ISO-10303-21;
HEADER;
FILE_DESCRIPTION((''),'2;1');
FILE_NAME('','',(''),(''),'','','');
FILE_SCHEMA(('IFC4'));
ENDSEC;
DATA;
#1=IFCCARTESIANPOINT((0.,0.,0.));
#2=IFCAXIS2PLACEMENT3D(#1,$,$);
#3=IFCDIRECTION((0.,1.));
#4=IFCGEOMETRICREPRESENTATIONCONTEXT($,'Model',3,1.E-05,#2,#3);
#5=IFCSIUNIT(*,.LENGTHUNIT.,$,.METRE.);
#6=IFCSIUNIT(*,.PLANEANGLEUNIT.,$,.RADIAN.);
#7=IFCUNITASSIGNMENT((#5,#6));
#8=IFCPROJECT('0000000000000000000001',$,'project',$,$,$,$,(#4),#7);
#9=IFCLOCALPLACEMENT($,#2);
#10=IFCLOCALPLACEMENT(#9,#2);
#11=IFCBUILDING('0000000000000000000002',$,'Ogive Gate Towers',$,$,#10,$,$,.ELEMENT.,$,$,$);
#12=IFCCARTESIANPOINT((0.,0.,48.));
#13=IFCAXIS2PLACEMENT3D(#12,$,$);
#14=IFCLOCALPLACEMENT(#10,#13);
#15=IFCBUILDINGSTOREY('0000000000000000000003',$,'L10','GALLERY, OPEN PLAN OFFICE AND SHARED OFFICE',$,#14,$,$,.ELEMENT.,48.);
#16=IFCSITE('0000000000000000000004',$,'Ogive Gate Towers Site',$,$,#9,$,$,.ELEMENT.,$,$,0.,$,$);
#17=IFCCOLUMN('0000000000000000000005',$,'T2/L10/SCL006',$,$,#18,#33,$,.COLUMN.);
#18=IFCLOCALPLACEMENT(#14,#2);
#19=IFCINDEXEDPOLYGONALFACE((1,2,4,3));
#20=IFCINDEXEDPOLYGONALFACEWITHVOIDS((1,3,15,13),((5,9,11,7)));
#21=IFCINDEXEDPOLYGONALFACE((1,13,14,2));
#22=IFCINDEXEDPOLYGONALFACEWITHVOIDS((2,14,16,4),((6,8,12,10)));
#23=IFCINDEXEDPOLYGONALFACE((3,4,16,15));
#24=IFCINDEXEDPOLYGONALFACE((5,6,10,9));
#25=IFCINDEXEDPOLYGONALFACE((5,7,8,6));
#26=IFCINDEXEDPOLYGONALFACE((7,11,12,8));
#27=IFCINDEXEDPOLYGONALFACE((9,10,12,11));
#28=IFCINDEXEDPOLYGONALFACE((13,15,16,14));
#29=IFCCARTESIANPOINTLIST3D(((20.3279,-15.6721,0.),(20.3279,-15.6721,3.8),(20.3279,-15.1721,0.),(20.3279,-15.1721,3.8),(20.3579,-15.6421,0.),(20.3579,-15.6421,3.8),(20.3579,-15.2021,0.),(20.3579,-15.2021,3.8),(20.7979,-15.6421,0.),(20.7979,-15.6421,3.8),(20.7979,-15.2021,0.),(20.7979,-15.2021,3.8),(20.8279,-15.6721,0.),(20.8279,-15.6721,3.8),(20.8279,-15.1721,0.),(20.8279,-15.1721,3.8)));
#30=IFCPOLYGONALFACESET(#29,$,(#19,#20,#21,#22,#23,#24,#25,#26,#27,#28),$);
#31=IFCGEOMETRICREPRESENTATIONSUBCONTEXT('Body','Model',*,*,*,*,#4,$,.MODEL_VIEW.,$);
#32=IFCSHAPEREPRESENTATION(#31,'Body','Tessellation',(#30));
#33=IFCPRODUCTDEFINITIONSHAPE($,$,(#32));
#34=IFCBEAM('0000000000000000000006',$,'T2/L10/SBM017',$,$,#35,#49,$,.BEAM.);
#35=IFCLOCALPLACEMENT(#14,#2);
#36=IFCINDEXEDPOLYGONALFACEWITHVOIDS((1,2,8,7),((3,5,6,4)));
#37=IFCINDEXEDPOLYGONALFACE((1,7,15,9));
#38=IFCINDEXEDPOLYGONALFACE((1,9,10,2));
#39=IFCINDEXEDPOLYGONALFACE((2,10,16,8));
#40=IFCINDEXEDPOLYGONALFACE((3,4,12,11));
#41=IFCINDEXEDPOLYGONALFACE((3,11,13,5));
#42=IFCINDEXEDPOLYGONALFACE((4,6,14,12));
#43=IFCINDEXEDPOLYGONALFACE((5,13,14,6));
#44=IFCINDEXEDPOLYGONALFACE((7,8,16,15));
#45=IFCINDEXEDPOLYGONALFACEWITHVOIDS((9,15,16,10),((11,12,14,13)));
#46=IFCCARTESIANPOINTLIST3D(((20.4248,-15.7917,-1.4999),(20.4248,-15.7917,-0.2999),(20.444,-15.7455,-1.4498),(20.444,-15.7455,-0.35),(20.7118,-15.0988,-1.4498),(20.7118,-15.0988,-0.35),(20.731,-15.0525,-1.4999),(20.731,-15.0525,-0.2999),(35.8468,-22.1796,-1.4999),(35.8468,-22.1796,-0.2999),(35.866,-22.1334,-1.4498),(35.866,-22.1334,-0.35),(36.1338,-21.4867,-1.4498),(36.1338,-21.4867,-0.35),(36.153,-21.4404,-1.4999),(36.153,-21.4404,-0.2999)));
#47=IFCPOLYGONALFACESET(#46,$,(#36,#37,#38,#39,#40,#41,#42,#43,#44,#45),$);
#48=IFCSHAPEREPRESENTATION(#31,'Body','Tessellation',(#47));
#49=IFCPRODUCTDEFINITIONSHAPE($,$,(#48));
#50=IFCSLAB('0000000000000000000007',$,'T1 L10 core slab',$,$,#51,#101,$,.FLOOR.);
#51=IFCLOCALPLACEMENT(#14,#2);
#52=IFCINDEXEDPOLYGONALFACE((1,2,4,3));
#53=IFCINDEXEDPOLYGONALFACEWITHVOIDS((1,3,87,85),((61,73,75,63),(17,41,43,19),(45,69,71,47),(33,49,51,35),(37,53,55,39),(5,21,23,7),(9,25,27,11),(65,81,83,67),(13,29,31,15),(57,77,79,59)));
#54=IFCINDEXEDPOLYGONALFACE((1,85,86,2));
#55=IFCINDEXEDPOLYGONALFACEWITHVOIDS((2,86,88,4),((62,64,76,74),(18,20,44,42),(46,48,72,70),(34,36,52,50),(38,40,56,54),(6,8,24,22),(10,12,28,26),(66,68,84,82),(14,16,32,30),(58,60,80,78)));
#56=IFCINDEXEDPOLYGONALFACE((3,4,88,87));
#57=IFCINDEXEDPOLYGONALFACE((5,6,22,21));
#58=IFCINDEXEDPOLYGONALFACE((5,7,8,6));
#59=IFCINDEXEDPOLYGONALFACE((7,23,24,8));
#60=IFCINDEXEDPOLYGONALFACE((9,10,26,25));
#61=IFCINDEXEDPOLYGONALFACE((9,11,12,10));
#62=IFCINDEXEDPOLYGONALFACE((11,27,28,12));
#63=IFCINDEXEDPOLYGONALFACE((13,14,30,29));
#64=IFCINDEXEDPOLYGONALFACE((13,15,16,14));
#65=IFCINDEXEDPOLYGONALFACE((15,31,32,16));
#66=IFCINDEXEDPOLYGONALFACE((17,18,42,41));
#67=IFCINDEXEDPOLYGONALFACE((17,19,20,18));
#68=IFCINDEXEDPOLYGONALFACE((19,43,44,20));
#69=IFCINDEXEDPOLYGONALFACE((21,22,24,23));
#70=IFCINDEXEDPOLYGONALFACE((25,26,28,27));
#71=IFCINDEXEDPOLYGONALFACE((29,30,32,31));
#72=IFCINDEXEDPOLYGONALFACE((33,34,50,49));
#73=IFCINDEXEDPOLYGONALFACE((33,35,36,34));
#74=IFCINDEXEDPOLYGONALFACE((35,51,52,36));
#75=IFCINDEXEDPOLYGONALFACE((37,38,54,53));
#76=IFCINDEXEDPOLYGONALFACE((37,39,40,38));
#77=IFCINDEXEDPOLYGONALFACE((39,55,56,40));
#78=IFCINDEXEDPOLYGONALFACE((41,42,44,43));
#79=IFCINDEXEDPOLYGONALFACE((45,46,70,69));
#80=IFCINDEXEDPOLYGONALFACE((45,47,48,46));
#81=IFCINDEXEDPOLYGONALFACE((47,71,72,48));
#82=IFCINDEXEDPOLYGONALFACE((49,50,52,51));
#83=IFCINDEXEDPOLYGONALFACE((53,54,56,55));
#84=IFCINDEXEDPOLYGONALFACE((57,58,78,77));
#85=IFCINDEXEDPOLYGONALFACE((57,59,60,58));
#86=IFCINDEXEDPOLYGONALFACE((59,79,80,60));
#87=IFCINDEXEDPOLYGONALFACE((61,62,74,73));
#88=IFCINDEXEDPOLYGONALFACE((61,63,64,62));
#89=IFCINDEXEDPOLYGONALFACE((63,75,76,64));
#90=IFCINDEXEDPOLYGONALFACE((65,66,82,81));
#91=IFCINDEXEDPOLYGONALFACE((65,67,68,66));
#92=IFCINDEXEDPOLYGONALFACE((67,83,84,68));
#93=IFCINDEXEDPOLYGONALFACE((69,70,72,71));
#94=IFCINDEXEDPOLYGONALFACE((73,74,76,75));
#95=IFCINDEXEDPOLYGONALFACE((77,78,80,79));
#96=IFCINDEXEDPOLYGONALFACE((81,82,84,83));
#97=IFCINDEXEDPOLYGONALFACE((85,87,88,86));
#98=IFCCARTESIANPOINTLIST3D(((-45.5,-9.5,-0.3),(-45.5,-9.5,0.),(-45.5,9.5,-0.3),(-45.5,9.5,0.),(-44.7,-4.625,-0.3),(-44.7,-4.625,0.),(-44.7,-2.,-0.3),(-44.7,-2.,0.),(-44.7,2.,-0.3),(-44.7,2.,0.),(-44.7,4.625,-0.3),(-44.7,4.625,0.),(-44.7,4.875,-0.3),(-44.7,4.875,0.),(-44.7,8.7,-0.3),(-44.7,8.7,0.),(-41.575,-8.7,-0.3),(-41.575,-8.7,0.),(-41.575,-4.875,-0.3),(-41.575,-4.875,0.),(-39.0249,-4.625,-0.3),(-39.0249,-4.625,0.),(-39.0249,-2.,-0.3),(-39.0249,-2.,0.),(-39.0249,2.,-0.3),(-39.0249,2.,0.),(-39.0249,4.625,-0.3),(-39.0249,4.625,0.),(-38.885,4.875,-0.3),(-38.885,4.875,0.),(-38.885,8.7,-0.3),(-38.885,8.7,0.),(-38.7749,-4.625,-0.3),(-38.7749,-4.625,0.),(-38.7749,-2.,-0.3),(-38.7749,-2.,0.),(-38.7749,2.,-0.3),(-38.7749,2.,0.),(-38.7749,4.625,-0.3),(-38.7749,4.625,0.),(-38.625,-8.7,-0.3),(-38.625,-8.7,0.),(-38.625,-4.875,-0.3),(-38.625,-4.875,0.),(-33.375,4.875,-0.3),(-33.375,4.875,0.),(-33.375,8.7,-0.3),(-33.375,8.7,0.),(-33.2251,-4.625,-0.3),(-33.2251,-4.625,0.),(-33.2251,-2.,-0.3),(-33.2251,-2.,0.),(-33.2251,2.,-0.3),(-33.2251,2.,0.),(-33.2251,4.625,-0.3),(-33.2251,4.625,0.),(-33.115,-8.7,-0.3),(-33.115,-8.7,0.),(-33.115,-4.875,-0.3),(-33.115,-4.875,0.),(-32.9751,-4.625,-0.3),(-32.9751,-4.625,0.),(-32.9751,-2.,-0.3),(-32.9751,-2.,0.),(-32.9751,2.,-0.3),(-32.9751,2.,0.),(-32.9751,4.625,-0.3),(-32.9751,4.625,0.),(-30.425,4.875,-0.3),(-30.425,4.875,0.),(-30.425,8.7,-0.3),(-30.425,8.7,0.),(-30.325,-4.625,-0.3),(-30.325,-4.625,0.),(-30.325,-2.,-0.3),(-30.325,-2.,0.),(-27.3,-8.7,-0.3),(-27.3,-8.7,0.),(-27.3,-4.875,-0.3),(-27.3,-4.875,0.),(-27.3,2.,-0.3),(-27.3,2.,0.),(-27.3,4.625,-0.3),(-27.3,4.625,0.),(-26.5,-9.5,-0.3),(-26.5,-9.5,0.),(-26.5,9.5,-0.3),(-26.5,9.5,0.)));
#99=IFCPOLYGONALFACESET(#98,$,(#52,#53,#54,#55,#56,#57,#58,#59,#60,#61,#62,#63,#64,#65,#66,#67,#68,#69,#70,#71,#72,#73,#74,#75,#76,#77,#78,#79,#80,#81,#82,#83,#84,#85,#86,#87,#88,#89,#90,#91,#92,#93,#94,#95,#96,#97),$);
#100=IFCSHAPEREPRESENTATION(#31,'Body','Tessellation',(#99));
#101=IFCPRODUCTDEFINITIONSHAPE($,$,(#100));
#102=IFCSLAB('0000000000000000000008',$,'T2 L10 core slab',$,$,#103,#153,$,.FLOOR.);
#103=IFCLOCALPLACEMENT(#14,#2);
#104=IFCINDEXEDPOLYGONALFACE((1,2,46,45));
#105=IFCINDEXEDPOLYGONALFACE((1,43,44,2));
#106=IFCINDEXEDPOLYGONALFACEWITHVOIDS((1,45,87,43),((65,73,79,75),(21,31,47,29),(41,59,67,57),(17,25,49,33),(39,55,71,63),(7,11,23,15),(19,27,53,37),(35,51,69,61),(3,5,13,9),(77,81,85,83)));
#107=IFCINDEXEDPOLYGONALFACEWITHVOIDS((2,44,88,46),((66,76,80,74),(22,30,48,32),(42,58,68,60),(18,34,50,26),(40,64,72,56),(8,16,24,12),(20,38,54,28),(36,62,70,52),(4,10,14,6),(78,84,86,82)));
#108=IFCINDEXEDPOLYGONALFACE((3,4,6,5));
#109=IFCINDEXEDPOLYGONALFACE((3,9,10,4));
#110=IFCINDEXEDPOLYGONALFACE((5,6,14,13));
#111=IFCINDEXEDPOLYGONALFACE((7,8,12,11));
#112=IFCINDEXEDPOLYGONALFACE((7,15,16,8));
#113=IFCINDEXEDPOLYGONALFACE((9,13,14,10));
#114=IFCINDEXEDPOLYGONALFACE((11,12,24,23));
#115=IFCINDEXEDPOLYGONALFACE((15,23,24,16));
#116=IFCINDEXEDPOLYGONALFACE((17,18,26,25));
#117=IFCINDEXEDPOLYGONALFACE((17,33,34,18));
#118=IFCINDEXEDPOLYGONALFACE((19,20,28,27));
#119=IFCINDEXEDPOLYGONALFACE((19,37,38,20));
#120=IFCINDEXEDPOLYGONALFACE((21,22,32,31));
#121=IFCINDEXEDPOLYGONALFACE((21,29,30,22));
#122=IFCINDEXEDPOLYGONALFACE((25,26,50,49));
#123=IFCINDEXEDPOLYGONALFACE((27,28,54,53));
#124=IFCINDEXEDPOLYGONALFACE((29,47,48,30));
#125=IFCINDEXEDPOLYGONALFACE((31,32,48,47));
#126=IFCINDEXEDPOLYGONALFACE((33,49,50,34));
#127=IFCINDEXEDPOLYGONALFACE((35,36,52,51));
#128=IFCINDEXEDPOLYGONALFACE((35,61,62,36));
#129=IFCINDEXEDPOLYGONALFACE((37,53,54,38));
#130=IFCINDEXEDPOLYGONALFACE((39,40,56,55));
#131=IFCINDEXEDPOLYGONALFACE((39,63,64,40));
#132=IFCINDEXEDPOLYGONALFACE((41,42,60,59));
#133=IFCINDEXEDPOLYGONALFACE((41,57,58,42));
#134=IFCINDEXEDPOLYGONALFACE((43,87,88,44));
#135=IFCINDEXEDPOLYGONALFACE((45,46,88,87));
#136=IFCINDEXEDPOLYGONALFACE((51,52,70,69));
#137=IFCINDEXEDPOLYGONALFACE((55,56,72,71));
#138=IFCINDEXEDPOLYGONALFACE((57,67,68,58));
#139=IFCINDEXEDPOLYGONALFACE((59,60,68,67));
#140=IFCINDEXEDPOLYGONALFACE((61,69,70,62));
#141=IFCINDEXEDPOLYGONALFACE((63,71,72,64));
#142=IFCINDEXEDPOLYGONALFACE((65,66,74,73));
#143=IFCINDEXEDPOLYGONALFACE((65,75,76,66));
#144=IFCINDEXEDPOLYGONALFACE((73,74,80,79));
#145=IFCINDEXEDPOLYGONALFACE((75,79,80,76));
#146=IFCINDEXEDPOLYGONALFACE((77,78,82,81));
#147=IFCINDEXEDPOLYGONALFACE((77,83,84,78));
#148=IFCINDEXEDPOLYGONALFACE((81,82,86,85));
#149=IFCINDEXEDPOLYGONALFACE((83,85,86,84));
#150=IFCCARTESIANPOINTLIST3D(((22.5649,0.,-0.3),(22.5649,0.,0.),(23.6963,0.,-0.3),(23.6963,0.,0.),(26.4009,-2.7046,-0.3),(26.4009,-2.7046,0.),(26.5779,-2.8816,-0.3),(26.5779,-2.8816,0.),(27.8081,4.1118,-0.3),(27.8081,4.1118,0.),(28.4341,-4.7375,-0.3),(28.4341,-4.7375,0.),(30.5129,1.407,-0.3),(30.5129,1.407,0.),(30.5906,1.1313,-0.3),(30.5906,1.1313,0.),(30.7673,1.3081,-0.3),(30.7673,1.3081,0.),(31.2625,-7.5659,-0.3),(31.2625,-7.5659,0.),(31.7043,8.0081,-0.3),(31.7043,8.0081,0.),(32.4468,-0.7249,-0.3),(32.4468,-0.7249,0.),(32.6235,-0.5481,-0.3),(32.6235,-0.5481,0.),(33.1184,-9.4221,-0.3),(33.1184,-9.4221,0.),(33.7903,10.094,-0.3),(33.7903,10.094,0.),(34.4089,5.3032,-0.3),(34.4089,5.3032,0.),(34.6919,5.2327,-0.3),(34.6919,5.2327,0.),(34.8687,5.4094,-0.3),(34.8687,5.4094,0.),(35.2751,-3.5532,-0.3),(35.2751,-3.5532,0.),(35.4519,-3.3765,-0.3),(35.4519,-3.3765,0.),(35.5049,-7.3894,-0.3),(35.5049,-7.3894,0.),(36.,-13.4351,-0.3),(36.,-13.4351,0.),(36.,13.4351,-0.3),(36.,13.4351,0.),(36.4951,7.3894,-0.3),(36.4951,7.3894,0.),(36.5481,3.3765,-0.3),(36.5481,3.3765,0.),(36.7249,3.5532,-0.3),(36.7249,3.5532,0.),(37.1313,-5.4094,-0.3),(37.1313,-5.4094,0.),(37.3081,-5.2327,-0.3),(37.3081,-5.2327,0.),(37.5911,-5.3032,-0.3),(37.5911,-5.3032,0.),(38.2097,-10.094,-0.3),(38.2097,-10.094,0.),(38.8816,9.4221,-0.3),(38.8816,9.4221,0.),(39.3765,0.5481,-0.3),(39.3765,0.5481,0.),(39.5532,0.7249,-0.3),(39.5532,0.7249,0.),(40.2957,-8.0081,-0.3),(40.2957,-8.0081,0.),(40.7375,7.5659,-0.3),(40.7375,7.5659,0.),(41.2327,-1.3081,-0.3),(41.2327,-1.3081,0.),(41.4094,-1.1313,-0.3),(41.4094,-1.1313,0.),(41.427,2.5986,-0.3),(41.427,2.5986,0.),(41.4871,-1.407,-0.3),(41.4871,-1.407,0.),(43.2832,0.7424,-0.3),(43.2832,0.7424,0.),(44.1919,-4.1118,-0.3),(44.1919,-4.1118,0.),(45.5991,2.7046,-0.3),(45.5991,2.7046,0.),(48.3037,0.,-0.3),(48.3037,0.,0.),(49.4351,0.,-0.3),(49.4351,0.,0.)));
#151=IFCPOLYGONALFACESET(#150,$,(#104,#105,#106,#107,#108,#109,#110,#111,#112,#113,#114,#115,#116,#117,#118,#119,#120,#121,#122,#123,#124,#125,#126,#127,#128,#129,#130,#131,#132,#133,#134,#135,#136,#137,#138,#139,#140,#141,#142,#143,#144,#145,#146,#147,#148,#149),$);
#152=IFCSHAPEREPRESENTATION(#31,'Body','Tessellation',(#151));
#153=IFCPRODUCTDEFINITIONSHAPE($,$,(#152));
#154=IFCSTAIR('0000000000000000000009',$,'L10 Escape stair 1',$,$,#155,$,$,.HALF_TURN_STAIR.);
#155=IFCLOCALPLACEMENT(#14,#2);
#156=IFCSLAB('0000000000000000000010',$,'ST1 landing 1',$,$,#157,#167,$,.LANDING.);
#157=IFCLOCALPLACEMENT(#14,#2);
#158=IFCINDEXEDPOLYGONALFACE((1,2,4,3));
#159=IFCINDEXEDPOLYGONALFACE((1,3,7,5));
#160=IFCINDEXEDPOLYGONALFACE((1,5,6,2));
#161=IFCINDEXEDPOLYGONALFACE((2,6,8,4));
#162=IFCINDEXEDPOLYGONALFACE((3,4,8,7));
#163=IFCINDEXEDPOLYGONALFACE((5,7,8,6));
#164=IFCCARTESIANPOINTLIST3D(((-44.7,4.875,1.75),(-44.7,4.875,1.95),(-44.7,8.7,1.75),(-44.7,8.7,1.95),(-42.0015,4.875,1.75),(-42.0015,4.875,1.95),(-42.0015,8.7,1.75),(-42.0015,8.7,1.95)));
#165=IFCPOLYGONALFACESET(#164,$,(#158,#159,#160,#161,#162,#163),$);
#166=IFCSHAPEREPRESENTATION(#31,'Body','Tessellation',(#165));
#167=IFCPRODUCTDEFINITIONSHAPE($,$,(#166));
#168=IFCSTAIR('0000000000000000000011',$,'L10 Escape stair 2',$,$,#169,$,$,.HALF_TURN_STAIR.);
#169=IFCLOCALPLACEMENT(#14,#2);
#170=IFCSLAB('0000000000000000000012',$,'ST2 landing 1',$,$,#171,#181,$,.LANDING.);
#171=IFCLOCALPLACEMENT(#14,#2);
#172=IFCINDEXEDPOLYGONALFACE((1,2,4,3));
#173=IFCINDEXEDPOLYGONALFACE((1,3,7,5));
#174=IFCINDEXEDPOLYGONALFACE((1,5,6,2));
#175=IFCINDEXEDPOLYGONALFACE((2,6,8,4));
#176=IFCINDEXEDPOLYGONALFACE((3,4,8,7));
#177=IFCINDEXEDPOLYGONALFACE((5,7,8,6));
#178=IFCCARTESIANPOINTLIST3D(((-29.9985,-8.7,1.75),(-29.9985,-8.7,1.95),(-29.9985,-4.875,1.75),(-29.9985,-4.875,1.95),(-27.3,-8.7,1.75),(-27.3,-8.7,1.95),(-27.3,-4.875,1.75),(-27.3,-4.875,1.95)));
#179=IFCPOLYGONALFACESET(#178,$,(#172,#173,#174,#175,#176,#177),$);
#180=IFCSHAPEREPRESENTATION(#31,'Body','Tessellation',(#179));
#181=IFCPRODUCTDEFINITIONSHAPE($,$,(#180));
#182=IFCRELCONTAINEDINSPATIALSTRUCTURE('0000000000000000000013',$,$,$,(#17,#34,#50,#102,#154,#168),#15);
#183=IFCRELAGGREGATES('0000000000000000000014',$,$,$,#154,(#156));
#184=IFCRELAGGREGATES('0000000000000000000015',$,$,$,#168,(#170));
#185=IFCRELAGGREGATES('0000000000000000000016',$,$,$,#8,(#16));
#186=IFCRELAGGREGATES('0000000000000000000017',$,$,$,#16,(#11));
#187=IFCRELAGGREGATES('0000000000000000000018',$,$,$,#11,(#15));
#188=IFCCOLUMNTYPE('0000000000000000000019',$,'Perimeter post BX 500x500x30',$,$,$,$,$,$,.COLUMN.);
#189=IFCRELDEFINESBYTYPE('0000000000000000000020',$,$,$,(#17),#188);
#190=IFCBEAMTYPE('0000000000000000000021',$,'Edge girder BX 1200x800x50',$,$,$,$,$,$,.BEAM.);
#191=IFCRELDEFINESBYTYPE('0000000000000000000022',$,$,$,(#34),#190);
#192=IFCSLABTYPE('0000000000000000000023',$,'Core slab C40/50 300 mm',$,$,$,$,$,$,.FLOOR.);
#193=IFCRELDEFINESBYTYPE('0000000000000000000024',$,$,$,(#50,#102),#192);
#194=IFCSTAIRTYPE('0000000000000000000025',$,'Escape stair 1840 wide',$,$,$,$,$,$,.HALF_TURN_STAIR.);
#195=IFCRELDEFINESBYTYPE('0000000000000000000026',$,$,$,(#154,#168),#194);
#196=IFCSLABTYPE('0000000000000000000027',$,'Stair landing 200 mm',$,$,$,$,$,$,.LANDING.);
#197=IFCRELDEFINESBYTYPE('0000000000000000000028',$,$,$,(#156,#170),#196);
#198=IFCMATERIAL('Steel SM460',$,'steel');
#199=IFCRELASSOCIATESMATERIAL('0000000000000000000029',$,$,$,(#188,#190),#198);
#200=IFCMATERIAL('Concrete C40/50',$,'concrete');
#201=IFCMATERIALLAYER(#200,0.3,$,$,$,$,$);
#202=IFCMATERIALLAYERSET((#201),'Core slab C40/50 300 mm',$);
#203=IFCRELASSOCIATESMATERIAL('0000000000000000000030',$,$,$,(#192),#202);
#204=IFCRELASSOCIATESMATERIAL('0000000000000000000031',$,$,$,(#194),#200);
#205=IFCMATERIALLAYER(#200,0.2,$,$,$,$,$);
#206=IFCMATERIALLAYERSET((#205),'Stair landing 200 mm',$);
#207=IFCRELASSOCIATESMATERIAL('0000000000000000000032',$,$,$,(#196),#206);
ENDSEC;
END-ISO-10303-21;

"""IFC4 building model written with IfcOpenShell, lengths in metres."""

from ifc_helpers import new_model, si_unit, direction, frame, origin, origin_2d, place, context, subcontext, project, spatial, polyline, hollow_rectangle, outline, extrude, material, layer, layer_set, material_profile, profile_set, type_object, element, aggregate, save


model = new_model("IFC4")

# Units and contexts
model_context = context("Model", 3, precision=1e-05, world=origin(), true_north=direction((0.0, 1.0)))
body_context = subcontext(model_context, "Body", "Model", "MODEL_VIEW")
ifc_project = project(units=[si_unit("LENGTHUNIT", "METRE"), si_unit("PLANEANGLEUNIT", "RADIAN")], contexts=[model_context])

# Site, building, storey
site_placement = place(None, origin())
site = spatial("IfcSite", under=ifc_project, at=site_placement, Name="Ogive Gate Towers Site", CompositionType="ELEMENT", RefElevation=0.0)
building_placement = place(site_placement, origin())
building = spatial("IfcBuilding", under=site, at=building_placement, Name="Ogive Gate Towers", CompositionType="ELEMENT")
storey_placement = place(building_placement, frame((0.0, 0.0, 48.0)))
storey = spatial("IfcBuildingStorey", under=building, at=storey_placement, Name="L10", Description="GALLERY, OPEN PLAN OFFICE AND SHARED OFFICE", CompositionType="ELEMENT", Elevation=48.0)

# Column
ifc_material_1 = material(Name="Steel SM460", Category="steel")
ifc_material_profile_1 = material_profile(ifc_material_1, hollow_rectangle(XDim=0.5, YDim=0.5, WallThickness=0.03, at=origin_2d()), Name="BX 500x500x30")
ifc_profile_set_1 = profile_set([ifc_material_profile_1], Name="Steel SM460")
column_type = type_object("IfcColumnType", Name="Perimeter post BX 500x500x30", PredefinedType="COLUMN", material=ifc_profile_set_1)
column_placement = place(storey_placement, frame((20.5779, -15.4221, 0.0), z_axis=(0.0, 0.0, 1.0), x_axis=(1.0, 0.0, 0.0)))
element("IfcColumn", 1, at=column_placement, inside=storey, type_object=column_type, Name="T2/L10/SCL006", PredefinedType="COLUMN", context=body_context, shape_type="SweptSolid", body=[
    extrude(hollow_rectangle(XDim=0.5, YDim=0.5, WallThickness=0.03, at=origin_2d()), origin(), (0.0, 0.0, 1.0), 3.8),
])

# Beam
ifc_material_profile_2 = material_profile(ifc_material_1, hollow_rectangle(XDim=0.8, YDim=1.2, WallThickness=0.05, at=origin_2d()), Name="BX 1200x800x50")
ifc_profile_set_2 = profile_set([ifc_material_profile_2], Name="Steel SM460")
beam_type = type_object("IfcBeamType", Name="Edge girder BX 1200x800x50", PredefinedType="BEAM", material=ifc_profile_set_2)
beam_placement = place(storey_placement, frame((20.5779, -15.4221, -0.8999), z_axis=(0.923882, -0.382678, 0.0), x_axis=(0.382678, 0.923882, 0.0)))
element("IfcBeam", 2, at=beam_placement, inside=storey, type_object=beam_type, Name="T2/L10/SBM017", PredefinedType="BEAM", context=body_context, shape_type="SweptSolid", body=[
    extrude(hollow_rectangle(XDim=0.8, YDim=1.2, WallThickness=0.05, at=origin_2d()), origin(), (0.0, 0.0, 1.0), 16.6926),
])

# Slabs
ifc_material_2 = material(Name="Concrete C40/50", Category="concrete")
ifc_layer_1 = layer(ifc_material_2, 0.3)
ifc_layer_set_1 = layer_set([ifc_layer_1], Name="Core slab C40/50 300 mm")
slab_type_1 = type_object("IfcSlabType", Name="Core slab C40/50 300 mm", PredefinedType="FLOOR", material=ifc_layer_set_1)
slab_1_placement = place(storey_placement, frame((0.0, 0.0, -0.3)))
element("IfcSlab", 3, at=slab_1_placement, inside=storey, type_object=slab_type_1, Name="T1 L10 core slab", PredefinedType="FLOOR", context=body_context, shape_type="SweptSolid", body=[
    extrude(outline(polyline([(-26.5, 9.5), (-26.5, -9.5), (-45.5, -9.5), (-45.5, 9.5), (-26.5, 9.5)]), holes=[polyline([(-39.0249, 4.625), (-44.7, 4.625), (-44.7, 2.0), (-39.0249, 2.0), (-39.0249, 4.625)]), polyline([(-33.2251, 2.0), (-33.2251, 4.625), (-38.7749, 4.625), (-38.7749, 2.0), (-33.2251, 2.0)]), polyline([(-32.9751, 2.0), (-27.3, 2.0), (-27.3, 4.625), (-32.9751, 4.625), (-32.9751, 2.0)]), polyline([(-44.7, -2.0), (-44.7, -4.625), (-39.0249, -4.625), (-39.0249, -2.0), (-44.7, -2.0)]), polyline([(-33.2251, -2.0), (-38.7749, -2.0), (-38.7749, -4.625), (-33.2251, -4.625), (-33.2251, -2.0)]), polyline([(-30.325, -4.625), (-30.325, -2.0), (-32.9751, -2.0), (-32.9751, -4.625), (-30.325, -4.625)]), polyline([(-33.375, 4.875), (-30.425, 4.875), (-30.425, 8.7), (-33.375, 8.7), (-33.375, 4.875)]), polyline([(-41.575, -4.875), (-41.575, -8.7), (-38.625, -8.7), (-38.625, -4.875), (-41.575, -4.875)]), polyline([(-44.7, 4.875), (-38.885, 4.875), (-38.885, 8.7), (-44.7, 8.7), (-44.7, 4.875)]), polyline([(-27.3, -8.7), (-27.3, -4.875), (-33.115, -4.875), (-33.115, -8.7), (-27.3, -8.7)])]), origin(), (0.0, 0.0, 1.0), 0.3),
])
slab_2_placement = place(storey_placement, frame((0.0, 0.0, -0.3)))
element("IfcSlab", 4, at=slab_2_placement, inside=storey, type_object=slab_type_1, Name="T2 L10 core slab", PredefinedType="FLOOR", context=body_context, shape_type="SweptSolid", body=[
    extrude(outline(polyline([(36.0, 13.4351), (49.4351, 0.0), (36.0, -13.4351), (22.5649, 0.0), (36.0, 13.4351)]), holes=[polyline([(30.5906, 1.1313), (26.5779, -2.8816), (28.4341, -4.7375), (32.4468, -0.7249), (30.5906, 1.1313)]), polyline([(36.5481, 3.3765), (34.6919, 5.2327), (30.7673, 1.3081), (32.6235, -0.5481), (36.5481, 3.3765)]), polyline([(36.7249, 3.5532), (40.7375, 7.5659), (38.8816, 9.4221), (34.8687, 5.4094), (36.7249, 3.5532)]), polyline([(31.2625, -7.5659), (33.1184, -9.4221), (37.1313, -5.4094), (35.2751, -3.5532), (31.2625, -7.5659)]), polyline([(39.3765, 0.5481), (35.4519, -3.3765), (37.3081, -5.2327), (41.2327, -1.3081), (39.3765, 0.5481)]), polyline([(43.2832, 0.7424), (41.427, 2.5986), (39.5532, 0.7249), (41.4094, -1.1313), (43.2832, 0.7424)]), polyline([(34.4089, 5.3032), (36.4951, 7.3894), (33.7903, 10.094), (31.7043, 8.0081), (34.4089, 5.3032)]), polyline([(35.5049, -7.3894), (38.2097, -10.094), (40.2957, -8.0081), (37.5911, -5.3032), (35.5049, -7.3894)]), polyline([(26.4009, -2.7046), (30.5129, 1.407), (27.8081, 4.1118), (23.6963, 0.0), (26.4009, -2.7046)]), polyline([(48.3037, 0.0), (45.5991, 2.7046), (41.4871, -1.407), (44.1919, -4.1118), (48.3037, 0.0)])]), origin(), (0.0, 0.0, 1.0), 0.3),
])

# Stairs, slabs
stair_type = type_object("IfcStairType", Name="Escape stair 1840 wide", PredefinedType="HALF_TURN_STAIR", material=ifc_material_2)
stair_1_placement = place(storey_placement, origin())
stair_1 = element("IfcStair", 5, at=stair_1_placement, inside=storey, type_object=stair_type, Name="L10 Escape stair 1", PredefinedType="HALF_TURN_STAIR")
ifc_layer_2 = layer(ifc_material_2, 0.2)
ifc_layer_set_2 = layer_set([ifc_layer_2], Name="Stair landing 200 mm")
slab_type_2 = type_object("IfcSlabType", Name="Stair landing 200 mm", PredefinedType="LANDING", material=ifc_layer_set_2)
slab_3_placement = place(storey_placement, frame((0.0, 0.0, 1.75)))
slab_3 = element("IfcSlab", 6, at=slab_3_placement, type_object=slab_type_2, Name="ST1 landing 1", PredefinedType="LANDING", context=body_context, shape_type="SweptSolid", body=[
    extrude(outline(polyline([(-42.0015, 8.7), (-44.7, 8.7), (-44.7, 4.875), (-42.0015, 4.875), (-42.0015, 8.7)])), origin(), (0.0, 0.0, 1.0), 0.2),
])
aggregate(stair_1, [slab_3])
stair_2_placement = place(storey_placement, origin())
stair_2 = element("IfcStair", 7, at=stair_2_placement, inside=storey, type_object=stair_type, Name="L10 Escape stair 2", PredefinedType="HALF_TURN_STAIR")
slab_4_placement = place(storey_placement, frame((0.0, 0.0, 1.75)))
slab_4 = element("IfcSlab", 8, at=slab_4_placement, type_object=slab_type_2, Name="ST2 landing 1", PredefinedType="LANDING", context=body_context, shape_type="SweptSolid", body=[
    extrude(outline(polyline([(-29.9985, -8.7), (-27.3, -8.7), (-27.3, -4.875), (-29.9985, -4.875), (-29.9985, -8.7)])), origin(), (0.0, 0.0, 1.0), 0.2),
])
aggregate(stair_2, [slab_4])

save(model, "model.ifc")
